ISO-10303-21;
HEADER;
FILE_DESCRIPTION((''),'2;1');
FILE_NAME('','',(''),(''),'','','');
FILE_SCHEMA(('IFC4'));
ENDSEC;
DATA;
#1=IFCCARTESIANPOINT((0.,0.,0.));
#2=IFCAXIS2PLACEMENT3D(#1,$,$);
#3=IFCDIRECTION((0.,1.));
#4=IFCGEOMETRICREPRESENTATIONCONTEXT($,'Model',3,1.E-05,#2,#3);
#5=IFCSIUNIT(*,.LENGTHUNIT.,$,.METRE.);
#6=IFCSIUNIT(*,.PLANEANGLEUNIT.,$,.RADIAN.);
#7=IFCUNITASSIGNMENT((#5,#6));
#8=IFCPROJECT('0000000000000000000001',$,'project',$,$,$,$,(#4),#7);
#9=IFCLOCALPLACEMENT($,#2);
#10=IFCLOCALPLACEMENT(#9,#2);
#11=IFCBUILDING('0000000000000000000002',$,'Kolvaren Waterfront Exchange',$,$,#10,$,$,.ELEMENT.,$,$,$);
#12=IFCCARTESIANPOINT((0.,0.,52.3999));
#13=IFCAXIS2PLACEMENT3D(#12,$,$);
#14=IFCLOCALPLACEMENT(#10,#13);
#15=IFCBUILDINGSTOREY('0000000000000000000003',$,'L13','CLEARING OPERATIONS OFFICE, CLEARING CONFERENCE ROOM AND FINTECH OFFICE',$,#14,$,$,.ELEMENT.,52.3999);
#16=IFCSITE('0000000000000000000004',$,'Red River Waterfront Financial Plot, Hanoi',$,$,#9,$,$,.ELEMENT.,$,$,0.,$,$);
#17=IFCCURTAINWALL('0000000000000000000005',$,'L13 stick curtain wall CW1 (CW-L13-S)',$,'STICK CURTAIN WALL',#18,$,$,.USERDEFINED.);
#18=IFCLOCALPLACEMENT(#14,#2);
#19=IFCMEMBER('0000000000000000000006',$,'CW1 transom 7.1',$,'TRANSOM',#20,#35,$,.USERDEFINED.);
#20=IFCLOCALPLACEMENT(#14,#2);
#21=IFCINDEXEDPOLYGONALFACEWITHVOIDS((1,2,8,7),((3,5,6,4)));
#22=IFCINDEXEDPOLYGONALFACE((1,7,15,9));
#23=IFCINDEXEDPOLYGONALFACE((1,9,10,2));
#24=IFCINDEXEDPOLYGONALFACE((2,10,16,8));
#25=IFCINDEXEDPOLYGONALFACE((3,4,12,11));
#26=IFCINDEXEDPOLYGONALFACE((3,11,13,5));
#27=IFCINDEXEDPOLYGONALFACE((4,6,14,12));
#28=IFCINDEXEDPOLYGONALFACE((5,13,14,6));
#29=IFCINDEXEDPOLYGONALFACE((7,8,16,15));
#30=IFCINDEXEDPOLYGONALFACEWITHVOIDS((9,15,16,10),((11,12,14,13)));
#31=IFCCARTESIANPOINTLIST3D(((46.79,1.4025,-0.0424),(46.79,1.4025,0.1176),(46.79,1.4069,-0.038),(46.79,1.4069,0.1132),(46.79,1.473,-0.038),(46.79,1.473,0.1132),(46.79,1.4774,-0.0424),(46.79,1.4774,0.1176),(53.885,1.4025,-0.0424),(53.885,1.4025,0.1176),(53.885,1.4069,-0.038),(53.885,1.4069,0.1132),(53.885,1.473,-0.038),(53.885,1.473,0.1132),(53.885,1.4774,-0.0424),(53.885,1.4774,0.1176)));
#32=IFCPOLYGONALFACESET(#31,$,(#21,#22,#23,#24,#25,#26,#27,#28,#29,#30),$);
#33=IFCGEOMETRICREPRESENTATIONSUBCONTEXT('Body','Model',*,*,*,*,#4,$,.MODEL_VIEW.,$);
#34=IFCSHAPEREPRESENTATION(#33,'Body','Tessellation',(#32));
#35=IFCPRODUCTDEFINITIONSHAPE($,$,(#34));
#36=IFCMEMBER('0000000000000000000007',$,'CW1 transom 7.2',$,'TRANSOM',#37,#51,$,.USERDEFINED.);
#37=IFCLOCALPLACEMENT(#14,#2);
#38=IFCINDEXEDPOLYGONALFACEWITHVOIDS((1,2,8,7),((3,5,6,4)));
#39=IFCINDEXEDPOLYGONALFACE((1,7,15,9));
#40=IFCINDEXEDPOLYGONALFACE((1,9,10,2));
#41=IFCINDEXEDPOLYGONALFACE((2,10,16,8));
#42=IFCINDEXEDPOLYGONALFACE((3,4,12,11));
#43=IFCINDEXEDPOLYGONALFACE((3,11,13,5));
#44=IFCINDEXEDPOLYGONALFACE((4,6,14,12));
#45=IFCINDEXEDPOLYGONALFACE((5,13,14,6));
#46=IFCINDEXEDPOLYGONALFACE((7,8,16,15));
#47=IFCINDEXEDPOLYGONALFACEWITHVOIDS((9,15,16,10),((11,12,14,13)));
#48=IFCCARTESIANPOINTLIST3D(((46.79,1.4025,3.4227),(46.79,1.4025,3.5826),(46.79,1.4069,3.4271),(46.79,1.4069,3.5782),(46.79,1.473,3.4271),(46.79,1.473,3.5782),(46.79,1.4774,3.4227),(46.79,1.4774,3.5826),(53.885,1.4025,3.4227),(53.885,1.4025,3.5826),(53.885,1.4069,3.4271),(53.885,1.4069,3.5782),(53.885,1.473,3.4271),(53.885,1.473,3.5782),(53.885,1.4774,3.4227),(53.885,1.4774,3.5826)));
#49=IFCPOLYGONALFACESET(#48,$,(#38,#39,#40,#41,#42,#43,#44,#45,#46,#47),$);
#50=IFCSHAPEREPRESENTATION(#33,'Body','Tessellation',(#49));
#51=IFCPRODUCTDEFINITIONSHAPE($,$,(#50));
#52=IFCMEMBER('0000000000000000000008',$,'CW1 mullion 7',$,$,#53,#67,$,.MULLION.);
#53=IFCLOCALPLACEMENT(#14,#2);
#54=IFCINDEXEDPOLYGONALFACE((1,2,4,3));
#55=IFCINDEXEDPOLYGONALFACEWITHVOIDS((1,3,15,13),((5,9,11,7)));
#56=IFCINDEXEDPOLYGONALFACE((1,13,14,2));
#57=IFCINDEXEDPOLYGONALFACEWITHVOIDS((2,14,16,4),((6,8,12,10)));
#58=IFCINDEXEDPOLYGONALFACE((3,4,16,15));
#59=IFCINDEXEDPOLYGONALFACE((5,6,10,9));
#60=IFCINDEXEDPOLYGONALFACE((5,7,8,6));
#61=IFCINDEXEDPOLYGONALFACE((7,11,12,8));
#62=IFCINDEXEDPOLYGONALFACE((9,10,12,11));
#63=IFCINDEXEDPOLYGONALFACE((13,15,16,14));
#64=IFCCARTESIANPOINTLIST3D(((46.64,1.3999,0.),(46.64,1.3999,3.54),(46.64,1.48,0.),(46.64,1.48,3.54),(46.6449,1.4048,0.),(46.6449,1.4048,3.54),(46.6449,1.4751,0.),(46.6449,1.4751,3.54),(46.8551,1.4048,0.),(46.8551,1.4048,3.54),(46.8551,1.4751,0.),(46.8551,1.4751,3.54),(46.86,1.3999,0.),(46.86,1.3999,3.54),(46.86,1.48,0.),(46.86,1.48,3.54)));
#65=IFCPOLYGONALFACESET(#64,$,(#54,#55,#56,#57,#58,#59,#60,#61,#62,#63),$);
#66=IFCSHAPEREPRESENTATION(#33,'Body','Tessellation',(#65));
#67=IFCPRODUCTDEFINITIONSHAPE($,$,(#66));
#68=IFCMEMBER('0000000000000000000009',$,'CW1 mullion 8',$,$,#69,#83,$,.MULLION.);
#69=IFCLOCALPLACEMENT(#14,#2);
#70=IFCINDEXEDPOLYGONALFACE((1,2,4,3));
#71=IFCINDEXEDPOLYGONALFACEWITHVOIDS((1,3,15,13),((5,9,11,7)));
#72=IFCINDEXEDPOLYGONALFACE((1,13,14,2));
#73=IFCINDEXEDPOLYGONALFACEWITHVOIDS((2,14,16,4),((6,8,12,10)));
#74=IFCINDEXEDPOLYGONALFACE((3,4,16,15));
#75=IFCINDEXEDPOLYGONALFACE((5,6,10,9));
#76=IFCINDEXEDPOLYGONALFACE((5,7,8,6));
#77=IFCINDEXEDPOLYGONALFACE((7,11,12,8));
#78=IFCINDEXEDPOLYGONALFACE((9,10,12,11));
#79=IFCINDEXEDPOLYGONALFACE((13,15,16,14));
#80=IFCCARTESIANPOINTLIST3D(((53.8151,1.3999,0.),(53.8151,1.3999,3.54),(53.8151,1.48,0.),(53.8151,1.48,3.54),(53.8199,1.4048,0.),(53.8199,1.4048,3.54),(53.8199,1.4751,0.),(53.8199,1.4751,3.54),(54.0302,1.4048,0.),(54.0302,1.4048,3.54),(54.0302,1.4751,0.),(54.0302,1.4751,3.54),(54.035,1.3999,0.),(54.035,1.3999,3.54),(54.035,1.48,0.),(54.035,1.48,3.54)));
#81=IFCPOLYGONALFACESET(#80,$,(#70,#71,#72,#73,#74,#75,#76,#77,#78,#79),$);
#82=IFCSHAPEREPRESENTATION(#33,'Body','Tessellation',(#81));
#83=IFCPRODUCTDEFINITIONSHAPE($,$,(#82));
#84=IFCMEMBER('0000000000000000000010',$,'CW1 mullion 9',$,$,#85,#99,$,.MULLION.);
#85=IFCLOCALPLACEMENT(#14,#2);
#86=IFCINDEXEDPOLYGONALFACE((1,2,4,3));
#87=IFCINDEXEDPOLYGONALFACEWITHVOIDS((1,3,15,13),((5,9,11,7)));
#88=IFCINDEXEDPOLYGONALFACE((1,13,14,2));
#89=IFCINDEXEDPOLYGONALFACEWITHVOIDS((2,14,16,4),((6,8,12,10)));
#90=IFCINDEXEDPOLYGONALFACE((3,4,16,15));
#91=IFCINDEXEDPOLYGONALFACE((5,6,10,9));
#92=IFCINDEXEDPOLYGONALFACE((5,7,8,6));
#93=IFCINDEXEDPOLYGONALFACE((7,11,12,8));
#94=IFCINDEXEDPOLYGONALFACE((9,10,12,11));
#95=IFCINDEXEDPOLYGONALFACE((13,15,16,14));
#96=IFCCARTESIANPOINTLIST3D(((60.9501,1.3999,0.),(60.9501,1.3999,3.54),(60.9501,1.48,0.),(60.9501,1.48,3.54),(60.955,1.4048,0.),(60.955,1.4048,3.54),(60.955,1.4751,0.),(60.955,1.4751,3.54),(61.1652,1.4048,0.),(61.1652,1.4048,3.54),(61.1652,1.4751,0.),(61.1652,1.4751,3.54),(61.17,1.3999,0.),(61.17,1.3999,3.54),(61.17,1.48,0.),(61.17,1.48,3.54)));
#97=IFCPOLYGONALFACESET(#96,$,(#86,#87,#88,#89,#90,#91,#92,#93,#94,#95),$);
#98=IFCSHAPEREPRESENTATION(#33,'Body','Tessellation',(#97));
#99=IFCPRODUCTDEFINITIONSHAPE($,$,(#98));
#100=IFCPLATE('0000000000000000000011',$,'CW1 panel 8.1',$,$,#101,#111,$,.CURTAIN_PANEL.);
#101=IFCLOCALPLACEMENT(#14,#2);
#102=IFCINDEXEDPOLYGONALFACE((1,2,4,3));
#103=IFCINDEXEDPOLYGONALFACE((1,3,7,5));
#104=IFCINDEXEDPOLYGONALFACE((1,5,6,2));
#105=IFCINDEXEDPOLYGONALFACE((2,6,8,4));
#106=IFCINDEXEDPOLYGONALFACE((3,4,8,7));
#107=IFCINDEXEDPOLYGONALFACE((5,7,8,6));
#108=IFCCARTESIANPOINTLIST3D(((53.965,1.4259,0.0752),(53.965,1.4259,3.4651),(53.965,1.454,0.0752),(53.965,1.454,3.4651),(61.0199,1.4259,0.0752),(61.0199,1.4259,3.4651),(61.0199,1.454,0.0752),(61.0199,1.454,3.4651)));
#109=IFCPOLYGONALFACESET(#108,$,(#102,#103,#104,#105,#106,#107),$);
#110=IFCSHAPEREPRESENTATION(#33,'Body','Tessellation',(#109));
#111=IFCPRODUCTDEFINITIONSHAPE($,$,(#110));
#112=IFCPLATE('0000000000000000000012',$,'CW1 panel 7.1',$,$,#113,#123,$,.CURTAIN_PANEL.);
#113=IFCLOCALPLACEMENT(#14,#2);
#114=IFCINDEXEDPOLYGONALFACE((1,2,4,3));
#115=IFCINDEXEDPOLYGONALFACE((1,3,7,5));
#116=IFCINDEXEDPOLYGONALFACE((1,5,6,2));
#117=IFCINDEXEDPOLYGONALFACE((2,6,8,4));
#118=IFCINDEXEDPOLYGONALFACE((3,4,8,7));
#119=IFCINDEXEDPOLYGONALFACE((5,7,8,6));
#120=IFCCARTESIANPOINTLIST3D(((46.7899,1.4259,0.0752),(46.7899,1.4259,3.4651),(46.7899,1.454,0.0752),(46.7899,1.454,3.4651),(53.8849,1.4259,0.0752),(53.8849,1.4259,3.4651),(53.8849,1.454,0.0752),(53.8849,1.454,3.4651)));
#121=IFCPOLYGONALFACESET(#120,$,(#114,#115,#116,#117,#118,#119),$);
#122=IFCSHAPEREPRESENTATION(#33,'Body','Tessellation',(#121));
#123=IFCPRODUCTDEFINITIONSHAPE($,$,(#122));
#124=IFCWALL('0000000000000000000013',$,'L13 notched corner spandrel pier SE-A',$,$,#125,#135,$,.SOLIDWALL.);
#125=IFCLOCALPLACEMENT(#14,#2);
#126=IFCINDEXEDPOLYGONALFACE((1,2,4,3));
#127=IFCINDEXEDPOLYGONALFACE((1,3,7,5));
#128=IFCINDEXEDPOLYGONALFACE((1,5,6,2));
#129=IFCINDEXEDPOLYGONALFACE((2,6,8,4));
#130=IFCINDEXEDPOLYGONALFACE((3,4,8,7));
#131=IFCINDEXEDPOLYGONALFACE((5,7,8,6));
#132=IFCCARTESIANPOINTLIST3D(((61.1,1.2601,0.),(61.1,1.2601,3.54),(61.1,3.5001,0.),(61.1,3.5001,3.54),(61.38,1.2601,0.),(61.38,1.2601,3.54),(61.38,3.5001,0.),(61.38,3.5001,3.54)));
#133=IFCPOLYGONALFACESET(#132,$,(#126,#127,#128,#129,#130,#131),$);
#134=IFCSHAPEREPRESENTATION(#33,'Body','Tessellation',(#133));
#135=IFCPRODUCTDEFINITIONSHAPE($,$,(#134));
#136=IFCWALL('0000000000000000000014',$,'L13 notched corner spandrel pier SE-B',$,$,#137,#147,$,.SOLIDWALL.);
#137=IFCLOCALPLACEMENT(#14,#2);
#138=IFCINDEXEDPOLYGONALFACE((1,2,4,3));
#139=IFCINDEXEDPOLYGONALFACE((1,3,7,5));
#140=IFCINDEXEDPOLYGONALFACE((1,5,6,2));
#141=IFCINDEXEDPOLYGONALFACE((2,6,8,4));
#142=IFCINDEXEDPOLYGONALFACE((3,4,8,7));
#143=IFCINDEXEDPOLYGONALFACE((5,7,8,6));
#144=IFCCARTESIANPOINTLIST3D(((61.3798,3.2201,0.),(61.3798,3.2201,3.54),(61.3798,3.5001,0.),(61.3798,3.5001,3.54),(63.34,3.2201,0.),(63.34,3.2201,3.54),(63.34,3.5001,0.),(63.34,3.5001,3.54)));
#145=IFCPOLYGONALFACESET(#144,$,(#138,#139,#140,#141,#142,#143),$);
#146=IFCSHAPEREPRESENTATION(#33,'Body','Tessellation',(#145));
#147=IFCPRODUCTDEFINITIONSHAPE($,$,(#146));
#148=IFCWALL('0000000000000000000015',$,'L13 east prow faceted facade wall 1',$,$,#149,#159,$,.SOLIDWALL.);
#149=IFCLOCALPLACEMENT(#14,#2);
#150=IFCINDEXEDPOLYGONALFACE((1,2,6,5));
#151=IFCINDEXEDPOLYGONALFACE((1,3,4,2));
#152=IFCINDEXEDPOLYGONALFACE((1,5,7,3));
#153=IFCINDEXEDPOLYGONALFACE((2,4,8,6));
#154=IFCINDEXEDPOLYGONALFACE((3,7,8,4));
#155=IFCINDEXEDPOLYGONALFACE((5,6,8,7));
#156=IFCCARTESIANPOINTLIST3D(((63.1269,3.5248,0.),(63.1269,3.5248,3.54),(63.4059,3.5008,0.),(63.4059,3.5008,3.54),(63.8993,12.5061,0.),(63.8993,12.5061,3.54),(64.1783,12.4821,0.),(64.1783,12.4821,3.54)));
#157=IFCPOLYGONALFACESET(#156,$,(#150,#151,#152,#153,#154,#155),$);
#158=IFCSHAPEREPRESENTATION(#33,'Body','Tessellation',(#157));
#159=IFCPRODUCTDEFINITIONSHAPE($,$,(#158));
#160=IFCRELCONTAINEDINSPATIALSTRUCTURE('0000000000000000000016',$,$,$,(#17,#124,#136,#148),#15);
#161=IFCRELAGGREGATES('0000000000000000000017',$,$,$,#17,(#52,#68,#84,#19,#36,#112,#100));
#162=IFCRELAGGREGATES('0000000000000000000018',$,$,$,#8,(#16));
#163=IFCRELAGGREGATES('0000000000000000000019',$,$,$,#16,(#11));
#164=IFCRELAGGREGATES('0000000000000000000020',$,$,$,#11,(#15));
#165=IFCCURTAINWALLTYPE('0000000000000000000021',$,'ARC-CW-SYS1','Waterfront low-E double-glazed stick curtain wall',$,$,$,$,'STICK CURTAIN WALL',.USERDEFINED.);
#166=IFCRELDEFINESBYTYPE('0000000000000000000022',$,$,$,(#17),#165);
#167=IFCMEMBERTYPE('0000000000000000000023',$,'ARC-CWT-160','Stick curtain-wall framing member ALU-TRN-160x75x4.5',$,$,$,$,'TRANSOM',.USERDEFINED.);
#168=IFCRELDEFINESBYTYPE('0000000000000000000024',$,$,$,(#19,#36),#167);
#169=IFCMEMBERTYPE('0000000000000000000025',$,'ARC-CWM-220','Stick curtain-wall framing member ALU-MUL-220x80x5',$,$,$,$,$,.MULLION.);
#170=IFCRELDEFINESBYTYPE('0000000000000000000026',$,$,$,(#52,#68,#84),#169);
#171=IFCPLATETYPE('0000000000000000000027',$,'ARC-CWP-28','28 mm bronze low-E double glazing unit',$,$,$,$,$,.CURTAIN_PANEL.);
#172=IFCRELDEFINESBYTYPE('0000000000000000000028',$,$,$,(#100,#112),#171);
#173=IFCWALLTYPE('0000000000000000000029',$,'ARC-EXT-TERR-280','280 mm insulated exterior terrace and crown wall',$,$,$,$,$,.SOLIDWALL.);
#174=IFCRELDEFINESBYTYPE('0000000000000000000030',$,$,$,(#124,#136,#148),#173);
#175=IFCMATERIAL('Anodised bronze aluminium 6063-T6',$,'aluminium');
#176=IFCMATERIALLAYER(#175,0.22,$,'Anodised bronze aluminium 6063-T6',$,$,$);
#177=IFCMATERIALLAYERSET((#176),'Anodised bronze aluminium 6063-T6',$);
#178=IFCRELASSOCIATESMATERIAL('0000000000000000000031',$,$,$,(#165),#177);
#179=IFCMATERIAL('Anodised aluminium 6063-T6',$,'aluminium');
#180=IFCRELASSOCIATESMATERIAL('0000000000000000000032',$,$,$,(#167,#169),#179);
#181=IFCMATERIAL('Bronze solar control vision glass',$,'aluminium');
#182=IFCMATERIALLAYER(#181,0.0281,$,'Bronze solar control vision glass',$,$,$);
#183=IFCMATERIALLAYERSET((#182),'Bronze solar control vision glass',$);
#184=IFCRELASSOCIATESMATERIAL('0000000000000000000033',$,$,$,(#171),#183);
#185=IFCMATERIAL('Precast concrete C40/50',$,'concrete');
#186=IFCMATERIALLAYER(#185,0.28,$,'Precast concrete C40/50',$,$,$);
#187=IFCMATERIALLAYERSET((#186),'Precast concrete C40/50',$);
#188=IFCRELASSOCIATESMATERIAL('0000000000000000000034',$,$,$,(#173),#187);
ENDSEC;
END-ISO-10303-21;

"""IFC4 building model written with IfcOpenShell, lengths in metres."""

from ifc_helpers import new_model, si_unit, direction, frame, frame_2d, origin, origin_with_axes, origin_2d, place, context, subcontext, project, spatial, rectangle, hollow_rectangle, extrude, source, transform, mapped, material, layer, layer_set, material_profile, profile_set, type_object, element, aggregate, save


model = new_model("IFC4")

# Units and contexts
model_context = context("Model", 3, precision=1e-05, world=origin(), true_north=direction((0.0, 1.0)))
body_context = subcontext(model_context, "Body", "Model", "MODEL_VIEW")
ifc_project = project(units=[si_unit("LENGTHUNIT", "METRE"), si_unit("PLANEANGLEUNIT", "RADIAN")], contexts=[model_context])

# Site, building, storey
site_placement = place(None, origin())
site = spatial("IfcSite", under=ifc_project, at=site_placement, Name="Red River Waterfront Financial Plot, Hanoi", CompositionType="ELEMENT", RefElevation=0.0)
building_placement = place(site_placement, origin())
building = spatial("IfcBuilding", under=site, at=building_placement, Name="Kolvaren Waterfront Exchange", CompositionType="ELEMENT")
storey_placement = place(building_placement, frame((0.0, 0.0, 52.3999)))
storey = spatial("IfcBuildingStorey", under=building, at=storey_placement, Name="L13", Description="CLEARING OPERATIONS OFFICE, CLEARING CONFERENCE ROOM AND FINTECH OFFICE", CompositionType="ELEMENT", Elevation=52.3999)

# Curtain wall, members, plates
ifc_material_1 = material(Name="Anodised bronze aluminium 6063-T6", Category="aluminium")
ifc_layer_1 = layer(ifc_material_1, 0.22, Name="Anodised bronze aluminium 6063-T6")
ifc_layer_set_1 = layer_set([ifc_layer_1], Name="Anodised bronze aluminium 6063-T6")
curtain_wall_type = type_object("IfcCurtainWallType", Name="ARC-CW-SYS1", Description="Waterfront low-E double-glazed stick curtain wall", ElementType="STICK CURTAIN WALL", PredefinedType="USERDEFINED", material=ifc_layer_set_1)
curtain_wall_placement = place(storey_placement, origin())
curtain_wall = element("IfcCurtainWall", 1, at=curtain_wall_placement, inside=storey, type_object=curtain_wall_type, Name="L13 stick curtain wall CW1 (CW-L13-S)", ObjectType="STICK CURTAIN WALL", PredefinedType="USERDEFINED")
ifc_material_2 = material(Name="Anodised aluminium 6063-T6", Category="aluminium")
ifc_material_profile_1 = material_profile(ifc_material_2, hollow_rectangle(XDim=0.075, YDim=0.1599, WallThickness=0.0044, at=origin_2d()), Name="ALU-TRN-160x75x4.5")
ifc_profile_set_1 = profile_set([ifc_material_profile_1], Name="Anodised aluminium 6063-T6")
member_type_1 = type_object("IfcMemberType", Name="ARC-CWT-160", Description="Stick curtain-wall framing member ALU-TRN-160x75x4.5", ElementType="TRANSOM", PredefinedType="USERDEFINED", material=ifc_profile_set_1)
shared_shape_1 = source(origin_with_axes(), body_context, "Body", "SweptSolid", [
    extrude(hollow_rectangle(XDim=0.075, YDim=0.1599, WallThickness=0.0044, at=origin_2d()), origin(), (0.0, 0.0, 1.0), 7.095),
])
member_1_placement = place(storey_placement, frame((46.79, 1.4399, 0.0376), z_axis=(1.0, 0.0, 0.0), x_axis=(0.0, 1.0, 0.0)))
member_1 = element("IfcMember", 2, at=member_1_placement, type_object=member_type_1, Name="CW1 transom 7.1", ObjectType="TRANSOM", PredefinedType="USERDEFINED", context=body_context, shape_type="MappedRepresentation", body=[
    mapped(shared_shape_1, transform((0.0, 0.0, 0.0), x_axis=(1.0, 0.0, 0.0), y_axis=(0.0, 1.0, 0.0), z_axis=(0.0, 0.0, 1.0), scale=1.0)),
])
member_2_placement = place(storey_placement, frame((46.79, 1.4399, 3.5027), z_axis=(1.0, 0.0, 0.0), x_axis=(0.0, 1.0, 0.0)))
member_2 = element("IfcMember", 3, at=member_2_placement, type_object=member_type_1, Name="CW1 transom 7.2", ObjectType="TRANSOM", PredefinedType="USERDEFINED", context=body_context, shape_type="MappedRepresentation", body=[
    mapped(shared_shape_1, transform((0.0, 0.0, 0.0), x_axis=(1.0, 0.0, 0.0), y_axis=(0.0, 1.0, 0.0), z_axis=(0.0, 0.0, 1.0), scale=1.0)),
])
ifc_material_profile_2 = material_profile(ifc_material_2, hollow_rectangle(XDim=0.0801, YDim=0.22, WallThickness=0.0049, at=origin_2d()), Name="ALU-MUL-220x80x5")
ifc_profile_set_2 = profile_set([ifc_material_profile_2], Name="Anodised aluminium 6063-T6")
member_type_2 = type_object("IfcMemberType", Name="ARC-CWM-220", Description="Stick curtain-wall framing member ALU-MUL-220x80x5", PredefinedType="MULLION", material=ifc_profile_set_2)
shared_shape_2 = source(origin_with_axes(), body_context, "Body", "SweptSolid", [
    extrude(hollow_rectangle(XDim=0.0801, YDim=0.22, WallThickness=0.0049, at=origin_2d()), origin(), (0.0, 0.0, 1.0), 3.54),
])
member_3_placement = place(storey_placement, frame((46.75, 1.4399, 0.0), z_axis=(0.0, 0.0, 1.0), x_axis=(0.0, 1.0, 0.0)))
member_3 = element("IfcMember", 4, at=member_3_placement, type_object=member_type_2, Name="CW1 mullion 7", PredefinedType="MULLION", context=body_context, shape_type="MappedRepresentation", body=[
    mapped(shared_shape_2, transform((0.0, 0.0, 0.0), x_axis=(1.0, 0.0, 0.0), y_axis=(0.0, 1.0, 0.0), z_axis=(0.0, 0.0, 1.0), scale=1.0)),
])
member_4_placement = place(storey_placement, frame((53.925, 1.4399, 0.0), z_axis=(0.0, 0.0, 1.0), x_axis=(0.0, 1.0, 0.0)))
member_4 = element("IfcMember", 5, at=member_4_placement, type_object=member_type_2, Name="CW1 mullion 8", PredefinedType="MULLION", context=body_context, shape_type="MappedRepresentation", body=[
    mapped(shared_shape_2, transform((0.0, 0.0, 0.0), x_axis=(1.0, 0.0, 0.0), y_axis=(0.0, 1.0, 0.0), z_axis=(0.0, 0.0, 1.0), scale=1.0)),
])
member_5_placement = place(storey_placement, frame((61.0601, 1.4399, 0.0), z_axis=(0.0, 0.0, 1.0), x_axis=(0.0, 1.0, 0.0)))
member_5 = element("IfcMember", 6, at=member_5_placement, type_object=member_type_2, Name="CW1 mullion 9", PredefinedType="MULLION", context=body_context, shape_type="MappedRepresentation", body=[
    mapped(shared_shape_2, transform((0.0, 0.0, 0.0), x_axis=(1.0, 0.0, 0.0), y_axis=(0.0, 1.0, 0.0), z_axis=(0.0, 0.0, 1.0), scale=1.0)),
])
ifc_material_3 = material(Name="Bronze solar control vision glass", Category="aluminium")
ifc_layer_2 = layer(ifc_material_3, 0.0281, Name="Bronze solar control vision glass")
ifc_layer_set_2 = layer_set([ifc_layer_2], Name="Bronze solar control vision glass")
plate_type = type_object("IfcPlateType", Name="ARC-CWP-28", Description="28 mm bronze low-E double glazing unit", PredefinedType="CURTAIN_PANEL", material=ifc_layer_set_2)
shared_shape_3 = source(origin_with_axes(), body_context, "Body", "SweptSolid", [
    extrude(rectangle(XDim=7.0549, YDim=0.0281, at=origin_2d()), origin(), (0.0, 0.0, 1.0), 3.3899),
])
plate_1_placement = place(storey_placement, frame((57.4924, 1.4399, 0.0752), z_axis=(0.0, 0.0, 1.0), x_axis=(1.0, 0.0, 0.0)))
plate_1 = element("IfcPlate", 7, at=plate_1_placement, type_object=plate_type, Name="CW1 panel 8.1", PredefinedType="CURTAIN_PANEL", context=body_context, shape_type="MappedRepresentation", body=[
    mapped(shared_shape_3, transform((0.0, 0.0, 0.0), x_axis=(1.0, 0.0, 0.0), y_axis=(0.0, 1.0, 0.0), z_axis=(0.0, 0.0, 1.0), scale=1.0)),
])
shared_shape_4 = source(origin_with_axes(), body_context, "Body", "SweptSolid", [
    extrude(rectangle(XDim=7.095, YDim=0.0281, at=origin_2d()), origin(), (0.0, 0.0, 1.0), 3.3899),
])
plate_2_placement = place(storey_placement, frame((50.3374, 1.4399, 0.0752), z_axis=(0.0, 0.0, 1.0), x_axis=(1.0, 0.0, 0.0)))
plate_2 = element("IfcPlate", 8, at=plate_2_placement, type_object=plate_type, Name="CW1 panel 7.1", PredefinedType="CURTAIN_PANEL", context=body_context, shape_type="MappedRepresentation", body=[
    mapped(shared_shape_4, transform((0.0, 0.0, 0.0), x_axis=(1.0, 0.0, 0.0), y_axis=(0.0, 1.0, 0.0), z_axis=(0.0, 0.0, 1.0), scale=1.0)),
])
aggregate(curtain_wall, [member_3, member_4, member_5, member_1, member_2, plate_2, plate_1])

# Walls
ifc_material_4 = material(Name="Precast concrete C40/50", Category="concrete")
ifc_layer_3 = layer(ifc_material_4, 0.28, Name="Precast concrete C40/50")
ifc_layer_set_3 = layer_set([ifc_layer_3], Name="Precast concrete C40/50")
wall_type_1 = type_object("IfcWallType", Name="ARC-EXT-TERR-280", Description="280 mm insulated exterior terrace and crown wall", PredefinedType="SOLIDWALL", material=ifc_layer_set_3)
wall_1_placement = place(storey_placement, frame((61.24, 1.26, 0.0), z_axis=(0.0, 0.0, 1.0), x_axis=(0.0, 1.0, 0.0)))
element("IfcWall", 9, at=wall_1_placement, inside=storey, type_object=wall_type_1, Name="L13 notched corner spandrel pier SE-A", PredefinedType="SOLIDWALL", context=body_context, shape_type="SweptSolid", body=[
    extrude(rectangle(XDim=2.24, YDim=0.28, at=frame_2d((1.1201, 0.0))), origin(), (0.0, 0.0, 1.0), 3.54),
])
wall_2_placement = place(storey_placement, frame((61.3799, 3.3601, 0.0), z_axis=(0.0, 0.0, 1.0), x_axis=(1.0, 0.0, 0.0)))
element("IfcWall", 10, at=wall_2_placement, inside=storey, type_object=wall_type_1, Name="L13 notched corner spandrel pier SE-B", PredefinedType="SOLIDWALL", context=body_context, shape_type="SweptSolid", body=[
    extrude(rectangle(XDim=1.9602, YDim=0.28, at=frame_2d((0.98, 0.0))), origin(), (0.0, 0.0, 1.0), 3.54),
])
wall_3_placement = place(storey_placement, frame((63.2664, 3.5127, 0.0), z_axis=(0.0, 0.0, 1.0), x_axis=(0.085692, 0.996322, 0.0)))
element("IfcWall", 11, at=wall_3_placement, inside=storey, type_object=wall_type_1, Name="L13 east prow faceted facade wall 1", PredefinedType="SOLIDWALL", context=body_context, shape_type="SweptSolid", body=[
    extrude(rectangle(XDim=9.0144, YDim=0.28, at=frame_2d((4.5073, 0.0))), origin(), (0.0, 0.0, 1.0), 3.54),
])

save(model, "model.ifc")
